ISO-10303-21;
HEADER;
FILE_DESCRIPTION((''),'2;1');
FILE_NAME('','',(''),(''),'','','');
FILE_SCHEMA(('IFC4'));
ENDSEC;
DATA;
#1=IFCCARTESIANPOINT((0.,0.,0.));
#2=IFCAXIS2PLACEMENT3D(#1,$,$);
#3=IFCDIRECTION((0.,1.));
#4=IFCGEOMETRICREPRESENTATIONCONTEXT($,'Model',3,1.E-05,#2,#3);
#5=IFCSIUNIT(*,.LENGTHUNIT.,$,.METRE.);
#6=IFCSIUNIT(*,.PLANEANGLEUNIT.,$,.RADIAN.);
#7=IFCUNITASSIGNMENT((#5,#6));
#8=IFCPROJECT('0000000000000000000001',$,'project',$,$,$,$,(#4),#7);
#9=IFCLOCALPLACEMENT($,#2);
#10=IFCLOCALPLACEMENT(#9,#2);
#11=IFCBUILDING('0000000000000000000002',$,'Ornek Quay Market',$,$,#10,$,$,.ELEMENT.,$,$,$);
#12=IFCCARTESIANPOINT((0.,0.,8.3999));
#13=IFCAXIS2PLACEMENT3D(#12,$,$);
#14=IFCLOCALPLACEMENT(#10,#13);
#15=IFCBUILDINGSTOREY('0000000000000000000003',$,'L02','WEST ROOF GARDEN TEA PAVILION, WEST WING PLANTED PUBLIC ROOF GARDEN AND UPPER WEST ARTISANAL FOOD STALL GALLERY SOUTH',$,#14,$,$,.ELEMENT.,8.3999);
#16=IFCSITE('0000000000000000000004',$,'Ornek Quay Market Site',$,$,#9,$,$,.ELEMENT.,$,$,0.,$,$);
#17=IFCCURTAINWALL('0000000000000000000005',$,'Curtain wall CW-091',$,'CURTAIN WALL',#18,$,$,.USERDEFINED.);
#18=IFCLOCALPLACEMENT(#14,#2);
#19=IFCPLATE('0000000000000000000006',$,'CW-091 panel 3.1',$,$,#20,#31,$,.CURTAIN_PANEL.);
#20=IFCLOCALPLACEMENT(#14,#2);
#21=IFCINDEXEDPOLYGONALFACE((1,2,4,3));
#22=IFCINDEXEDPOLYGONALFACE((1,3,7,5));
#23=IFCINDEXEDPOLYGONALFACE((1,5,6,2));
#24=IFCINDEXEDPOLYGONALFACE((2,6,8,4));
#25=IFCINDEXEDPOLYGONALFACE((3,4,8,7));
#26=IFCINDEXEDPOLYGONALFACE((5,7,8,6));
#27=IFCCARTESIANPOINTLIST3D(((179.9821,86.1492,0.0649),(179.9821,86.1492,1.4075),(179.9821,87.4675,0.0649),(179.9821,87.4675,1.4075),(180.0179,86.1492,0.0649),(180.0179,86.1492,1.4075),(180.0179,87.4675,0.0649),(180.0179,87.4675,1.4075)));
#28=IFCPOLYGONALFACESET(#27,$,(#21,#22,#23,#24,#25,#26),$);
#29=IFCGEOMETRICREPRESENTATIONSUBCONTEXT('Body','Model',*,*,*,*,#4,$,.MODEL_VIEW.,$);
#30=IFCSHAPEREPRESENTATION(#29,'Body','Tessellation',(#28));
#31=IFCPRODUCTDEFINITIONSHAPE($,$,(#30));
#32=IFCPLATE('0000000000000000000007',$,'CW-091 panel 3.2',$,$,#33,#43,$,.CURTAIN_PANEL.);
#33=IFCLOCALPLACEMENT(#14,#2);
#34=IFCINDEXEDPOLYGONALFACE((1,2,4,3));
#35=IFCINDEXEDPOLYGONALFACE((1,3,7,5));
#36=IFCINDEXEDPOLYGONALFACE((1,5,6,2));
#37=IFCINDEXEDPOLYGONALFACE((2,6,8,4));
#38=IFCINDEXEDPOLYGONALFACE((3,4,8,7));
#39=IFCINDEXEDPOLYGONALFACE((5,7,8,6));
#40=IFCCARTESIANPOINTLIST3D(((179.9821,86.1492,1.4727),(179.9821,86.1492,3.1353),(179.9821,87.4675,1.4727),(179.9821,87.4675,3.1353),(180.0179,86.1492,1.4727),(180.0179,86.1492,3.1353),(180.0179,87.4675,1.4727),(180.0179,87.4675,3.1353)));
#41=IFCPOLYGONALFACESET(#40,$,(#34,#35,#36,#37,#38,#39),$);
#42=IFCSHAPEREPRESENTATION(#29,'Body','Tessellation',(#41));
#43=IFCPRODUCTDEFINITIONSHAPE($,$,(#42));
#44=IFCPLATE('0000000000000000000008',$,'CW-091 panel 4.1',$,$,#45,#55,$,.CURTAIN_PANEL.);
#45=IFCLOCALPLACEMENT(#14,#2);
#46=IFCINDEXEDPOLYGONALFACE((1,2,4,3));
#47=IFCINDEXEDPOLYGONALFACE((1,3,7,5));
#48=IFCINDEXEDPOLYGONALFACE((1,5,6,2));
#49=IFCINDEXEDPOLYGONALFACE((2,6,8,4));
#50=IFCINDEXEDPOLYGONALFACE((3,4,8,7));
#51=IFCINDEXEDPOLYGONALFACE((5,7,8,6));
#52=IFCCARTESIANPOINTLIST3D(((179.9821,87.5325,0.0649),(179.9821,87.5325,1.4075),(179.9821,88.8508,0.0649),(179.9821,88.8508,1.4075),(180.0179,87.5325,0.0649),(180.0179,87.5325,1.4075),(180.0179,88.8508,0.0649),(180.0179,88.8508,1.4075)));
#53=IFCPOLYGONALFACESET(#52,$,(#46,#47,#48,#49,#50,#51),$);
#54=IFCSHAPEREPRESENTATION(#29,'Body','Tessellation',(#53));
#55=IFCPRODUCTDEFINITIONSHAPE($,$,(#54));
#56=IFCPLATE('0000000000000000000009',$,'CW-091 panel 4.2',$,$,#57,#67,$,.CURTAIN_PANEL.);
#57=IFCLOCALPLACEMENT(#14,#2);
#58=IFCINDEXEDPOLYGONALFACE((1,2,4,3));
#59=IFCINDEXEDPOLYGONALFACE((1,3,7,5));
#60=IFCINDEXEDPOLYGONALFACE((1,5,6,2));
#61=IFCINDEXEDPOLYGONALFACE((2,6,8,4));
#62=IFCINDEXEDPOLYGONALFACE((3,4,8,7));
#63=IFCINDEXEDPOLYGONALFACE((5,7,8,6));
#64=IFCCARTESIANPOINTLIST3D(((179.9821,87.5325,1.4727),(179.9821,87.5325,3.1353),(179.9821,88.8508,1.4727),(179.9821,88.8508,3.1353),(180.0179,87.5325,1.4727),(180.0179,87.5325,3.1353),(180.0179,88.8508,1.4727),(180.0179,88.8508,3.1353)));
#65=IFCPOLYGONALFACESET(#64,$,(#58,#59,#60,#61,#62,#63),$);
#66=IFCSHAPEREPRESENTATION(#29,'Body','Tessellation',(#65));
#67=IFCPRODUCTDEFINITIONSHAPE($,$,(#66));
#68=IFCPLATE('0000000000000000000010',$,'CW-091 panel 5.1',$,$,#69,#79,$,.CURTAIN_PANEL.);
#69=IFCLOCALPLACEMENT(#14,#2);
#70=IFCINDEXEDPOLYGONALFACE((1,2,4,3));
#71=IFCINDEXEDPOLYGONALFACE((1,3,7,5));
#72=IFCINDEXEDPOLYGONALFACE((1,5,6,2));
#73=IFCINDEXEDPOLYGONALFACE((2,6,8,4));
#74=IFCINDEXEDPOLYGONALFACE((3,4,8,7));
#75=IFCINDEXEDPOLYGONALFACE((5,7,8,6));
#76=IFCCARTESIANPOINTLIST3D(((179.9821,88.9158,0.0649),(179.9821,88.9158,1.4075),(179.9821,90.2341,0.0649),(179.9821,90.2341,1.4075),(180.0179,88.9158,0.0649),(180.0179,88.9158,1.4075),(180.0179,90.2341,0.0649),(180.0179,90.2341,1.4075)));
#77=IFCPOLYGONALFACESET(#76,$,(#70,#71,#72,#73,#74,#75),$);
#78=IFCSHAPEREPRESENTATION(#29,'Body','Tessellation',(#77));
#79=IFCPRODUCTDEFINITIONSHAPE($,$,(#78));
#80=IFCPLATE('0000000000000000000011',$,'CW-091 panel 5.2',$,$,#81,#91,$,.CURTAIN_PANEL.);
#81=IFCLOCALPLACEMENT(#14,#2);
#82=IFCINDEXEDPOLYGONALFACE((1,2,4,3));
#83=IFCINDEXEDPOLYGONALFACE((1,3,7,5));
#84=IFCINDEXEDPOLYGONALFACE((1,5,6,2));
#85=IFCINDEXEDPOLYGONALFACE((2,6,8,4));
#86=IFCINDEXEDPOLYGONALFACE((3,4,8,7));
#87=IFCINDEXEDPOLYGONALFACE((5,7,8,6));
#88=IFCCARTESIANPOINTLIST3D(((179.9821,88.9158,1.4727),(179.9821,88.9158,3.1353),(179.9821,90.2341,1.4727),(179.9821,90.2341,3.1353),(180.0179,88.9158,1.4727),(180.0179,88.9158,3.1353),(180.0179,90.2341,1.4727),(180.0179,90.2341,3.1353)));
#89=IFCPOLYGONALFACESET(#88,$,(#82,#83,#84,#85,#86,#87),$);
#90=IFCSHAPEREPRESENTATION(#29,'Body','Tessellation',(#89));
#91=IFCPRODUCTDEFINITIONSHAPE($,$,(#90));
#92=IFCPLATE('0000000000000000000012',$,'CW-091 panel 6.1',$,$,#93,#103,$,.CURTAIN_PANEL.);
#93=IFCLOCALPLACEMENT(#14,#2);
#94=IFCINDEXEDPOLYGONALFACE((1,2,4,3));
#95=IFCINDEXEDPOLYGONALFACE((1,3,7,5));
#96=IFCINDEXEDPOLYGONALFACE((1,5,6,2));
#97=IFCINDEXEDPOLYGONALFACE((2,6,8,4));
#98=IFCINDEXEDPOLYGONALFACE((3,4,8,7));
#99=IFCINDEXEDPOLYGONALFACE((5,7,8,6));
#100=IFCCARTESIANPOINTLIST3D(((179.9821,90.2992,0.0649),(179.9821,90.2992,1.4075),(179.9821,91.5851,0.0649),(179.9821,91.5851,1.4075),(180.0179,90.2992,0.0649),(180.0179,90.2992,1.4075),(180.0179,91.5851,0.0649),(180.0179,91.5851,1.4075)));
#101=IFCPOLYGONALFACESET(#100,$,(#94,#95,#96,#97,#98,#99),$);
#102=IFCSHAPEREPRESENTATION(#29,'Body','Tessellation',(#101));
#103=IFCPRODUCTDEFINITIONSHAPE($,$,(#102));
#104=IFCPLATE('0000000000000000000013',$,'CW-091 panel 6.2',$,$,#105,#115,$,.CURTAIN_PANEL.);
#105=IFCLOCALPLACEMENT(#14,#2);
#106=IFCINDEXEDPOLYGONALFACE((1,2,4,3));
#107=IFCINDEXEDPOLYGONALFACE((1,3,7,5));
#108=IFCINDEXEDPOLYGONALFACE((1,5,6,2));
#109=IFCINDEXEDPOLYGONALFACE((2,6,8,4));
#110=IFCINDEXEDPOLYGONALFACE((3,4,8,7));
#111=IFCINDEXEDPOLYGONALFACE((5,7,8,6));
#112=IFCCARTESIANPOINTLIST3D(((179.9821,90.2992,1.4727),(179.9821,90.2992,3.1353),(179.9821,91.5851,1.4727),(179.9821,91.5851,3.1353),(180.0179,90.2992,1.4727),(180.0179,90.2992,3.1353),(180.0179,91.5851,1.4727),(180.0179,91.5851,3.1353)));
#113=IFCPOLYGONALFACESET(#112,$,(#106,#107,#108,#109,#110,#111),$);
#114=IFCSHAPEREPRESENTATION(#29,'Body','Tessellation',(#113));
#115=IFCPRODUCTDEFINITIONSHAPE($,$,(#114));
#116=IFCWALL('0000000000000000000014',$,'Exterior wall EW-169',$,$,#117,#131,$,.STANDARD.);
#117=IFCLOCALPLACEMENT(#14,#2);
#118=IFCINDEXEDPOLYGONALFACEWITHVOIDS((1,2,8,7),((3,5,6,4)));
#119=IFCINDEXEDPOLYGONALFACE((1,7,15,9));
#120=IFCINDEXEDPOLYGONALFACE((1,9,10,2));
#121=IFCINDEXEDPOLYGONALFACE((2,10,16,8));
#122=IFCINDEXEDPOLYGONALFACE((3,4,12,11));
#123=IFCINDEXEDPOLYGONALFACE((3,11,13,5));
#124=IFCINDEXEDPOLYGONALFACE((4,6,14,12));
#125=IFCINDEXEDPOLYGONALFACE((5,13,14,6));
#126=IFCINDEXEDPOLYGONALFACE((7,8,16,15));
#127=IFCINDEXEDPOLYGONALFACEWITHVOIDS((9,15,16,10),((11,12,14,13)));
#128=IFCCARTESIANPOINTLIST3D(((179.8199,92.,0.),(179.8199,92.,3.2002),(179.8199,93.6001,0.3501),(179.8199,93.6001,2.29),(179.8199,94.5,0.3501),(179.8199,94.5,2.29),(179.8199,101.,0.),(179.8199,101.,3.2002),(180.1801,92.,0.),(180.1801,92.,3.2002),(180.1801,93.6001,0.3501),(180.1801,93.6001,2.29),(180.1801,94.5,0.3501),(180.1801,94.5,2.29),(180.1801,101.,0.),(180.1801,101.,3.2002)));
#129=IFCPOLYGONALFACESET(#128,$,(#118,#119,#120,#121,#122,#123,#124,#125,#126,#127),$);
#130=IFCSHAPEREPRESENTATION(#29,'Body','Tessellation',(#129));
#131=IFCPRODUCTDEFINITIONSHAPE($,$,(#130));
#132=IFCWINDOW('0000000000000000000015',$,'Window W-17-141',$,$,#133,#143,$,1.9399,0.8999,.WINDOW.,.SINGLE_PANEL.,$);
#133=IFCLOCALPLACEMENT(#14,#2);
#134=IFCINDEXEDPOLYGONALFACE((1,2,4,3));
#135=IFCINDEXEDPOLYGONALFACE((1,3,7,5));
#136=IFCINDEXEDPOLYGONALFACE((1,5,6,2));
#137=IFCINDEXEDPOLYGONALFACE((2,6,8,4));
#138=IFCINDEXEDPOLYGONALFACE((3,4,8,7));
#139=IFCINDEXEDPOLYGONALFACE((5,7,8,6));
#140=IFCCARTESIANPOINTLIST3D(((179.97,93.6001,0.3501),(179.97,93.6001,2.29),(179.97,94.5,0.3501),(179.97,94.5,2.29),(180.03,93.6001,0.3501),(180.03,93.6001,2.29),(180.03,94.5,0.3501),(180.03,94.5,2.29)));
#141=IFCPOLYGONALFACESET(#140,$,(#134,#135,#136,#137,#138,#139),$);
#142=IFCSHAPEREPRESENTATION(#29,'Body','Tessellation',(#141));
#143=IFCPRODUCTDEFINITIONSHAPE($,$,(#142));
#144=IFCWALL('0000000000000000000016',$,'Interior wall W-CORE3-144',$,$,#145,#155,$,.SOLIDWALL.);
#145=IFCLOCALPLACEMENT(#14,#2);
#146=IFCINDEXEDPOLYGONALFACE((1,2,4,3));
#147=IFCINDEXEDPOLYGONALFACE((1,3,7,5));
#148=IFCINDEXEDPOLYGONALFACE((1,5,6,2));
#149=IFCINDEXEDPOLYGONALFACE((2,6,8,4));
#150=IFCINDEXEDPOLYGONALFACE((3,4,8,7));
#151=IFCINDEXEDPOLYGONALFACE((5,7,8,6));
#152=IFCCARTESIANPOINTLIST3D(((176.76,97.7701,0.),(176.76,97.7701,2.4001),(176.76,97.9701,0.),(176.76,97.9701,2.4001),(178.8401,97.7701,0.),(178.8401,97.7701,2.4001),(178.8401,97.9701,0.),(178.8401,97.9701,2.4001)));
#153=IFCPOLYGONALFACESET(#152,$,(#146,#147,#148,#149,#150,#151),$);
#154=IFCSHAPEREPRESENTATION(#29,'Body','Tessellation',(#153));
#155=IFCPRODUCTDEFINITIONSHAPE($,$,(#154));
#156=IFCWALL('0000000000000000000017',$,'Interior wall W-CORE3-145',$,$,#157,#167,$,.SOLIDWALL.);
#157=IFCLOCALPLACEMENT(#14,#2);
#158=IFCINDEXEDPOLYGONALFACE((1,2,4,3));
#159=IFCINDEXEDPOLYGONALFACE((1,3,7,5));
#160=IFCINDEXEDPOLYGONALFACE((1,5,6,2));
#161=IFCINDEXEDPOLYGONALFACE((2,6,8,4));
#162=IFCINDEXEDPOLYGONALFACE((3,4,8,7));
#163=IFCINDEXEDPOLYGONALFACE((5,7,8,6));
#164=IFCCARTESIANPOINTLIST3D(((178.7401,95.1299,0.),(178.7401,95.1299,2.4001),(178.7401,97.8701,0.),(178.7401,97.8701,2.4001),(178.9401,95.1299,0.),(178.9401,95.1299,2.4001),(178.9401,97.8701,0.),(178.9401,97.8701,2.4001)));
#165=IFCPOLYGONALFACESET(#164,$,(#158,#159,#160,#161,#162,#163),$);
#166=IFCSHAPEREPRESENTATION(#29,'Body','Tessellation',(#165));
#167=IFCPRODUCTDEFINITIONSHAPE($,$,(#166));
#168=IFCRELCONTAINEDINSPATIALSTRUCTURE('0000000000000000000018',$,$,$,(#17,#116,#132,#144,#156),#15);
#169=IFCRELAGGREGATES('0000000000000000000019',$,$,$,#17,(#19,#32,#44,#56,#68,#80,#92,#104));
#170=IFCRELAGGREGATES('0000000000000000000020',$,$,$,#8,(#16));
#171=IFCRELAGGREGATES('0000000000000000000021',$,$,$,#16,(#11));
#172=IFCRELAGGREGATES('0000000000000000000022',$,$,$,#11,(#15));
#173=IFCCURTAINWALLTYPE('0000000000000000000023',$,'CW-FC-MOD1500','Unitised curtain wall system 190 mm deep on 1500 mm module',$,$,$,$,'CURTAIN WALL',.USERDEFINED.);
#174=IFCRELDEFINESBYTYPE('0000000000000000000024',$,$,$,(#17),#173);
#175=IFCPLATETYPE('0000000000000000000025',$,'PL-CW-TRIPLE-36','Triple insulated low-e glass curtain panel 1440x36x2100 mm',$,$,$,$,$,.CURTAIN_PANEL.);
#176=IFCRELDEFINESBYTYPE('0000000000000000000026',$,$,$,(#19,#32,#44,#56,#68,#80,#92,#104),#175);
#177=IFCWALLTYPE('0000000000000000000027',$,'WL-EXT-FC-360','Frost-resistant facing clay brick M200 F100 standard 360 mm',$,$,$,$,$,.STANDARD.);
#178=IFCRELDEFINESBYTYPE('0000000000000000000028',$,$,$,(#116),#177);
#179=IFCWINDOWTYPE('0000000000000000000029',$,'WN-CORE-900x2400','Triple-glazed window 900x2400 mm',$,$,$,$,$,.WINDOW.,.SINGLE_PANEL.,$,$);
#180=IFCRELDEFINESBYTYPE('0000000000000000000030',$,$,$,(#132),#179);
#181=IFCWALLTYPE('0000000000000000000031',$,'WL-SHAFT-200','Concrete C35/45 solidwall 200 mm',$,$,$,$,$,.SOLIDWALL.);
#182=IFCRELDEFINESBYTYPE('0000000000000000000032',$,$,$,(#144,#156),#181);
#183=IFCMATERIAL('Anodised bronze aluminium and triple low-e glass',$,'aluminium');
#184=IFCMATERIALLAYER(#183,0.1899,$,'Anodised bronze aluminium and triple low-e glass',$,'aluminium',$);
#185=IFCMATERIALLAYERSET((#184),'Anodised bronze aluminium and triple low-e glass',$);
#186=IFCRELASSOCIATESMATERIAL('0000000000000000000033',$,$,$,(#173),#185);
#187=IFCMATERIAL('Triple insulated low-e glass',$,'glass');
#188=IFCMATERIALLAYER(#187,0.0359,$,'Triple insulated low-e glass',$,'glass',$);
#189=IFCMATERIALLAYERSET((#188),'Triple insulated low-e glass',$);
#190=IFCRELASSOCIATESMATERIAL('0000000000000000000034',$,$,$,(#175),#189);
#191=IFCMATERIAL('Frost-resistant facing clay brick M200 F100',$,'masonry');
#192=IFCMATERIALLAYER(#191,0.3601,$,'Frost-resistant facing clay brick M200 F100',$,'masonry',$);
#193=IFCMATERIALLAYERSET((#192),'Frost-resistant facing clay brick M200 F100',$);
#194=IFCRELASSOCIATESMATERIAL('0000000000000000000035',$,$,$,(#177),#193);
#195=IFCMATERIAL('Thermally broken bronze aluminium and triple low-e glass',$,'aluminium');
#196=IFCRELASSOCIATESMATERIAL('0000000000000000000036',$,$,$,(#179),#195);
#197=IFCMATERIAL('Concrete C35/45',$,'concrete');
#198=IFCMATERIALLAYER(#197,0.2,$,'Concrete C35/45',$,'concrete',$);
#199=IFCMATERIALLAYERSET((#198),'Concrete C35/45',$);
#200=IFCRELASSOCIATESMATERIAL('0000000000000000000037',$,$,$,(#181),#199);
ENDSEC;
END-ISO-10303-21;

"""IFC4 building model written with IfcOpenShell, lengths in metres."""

from ifc_helpers import new_model, si_unit, direction, frame, frame_2d, origin, origin_2d, place, context, subcontext, project, spatial, rectangle, extrude, material, layer, layer_set, type_object, element, fill, aggregate, save


model = new_model("IFC4")

# Units and contexts
model_context = context("Model", 3, precision=1e-05, world=origin(), true_north=direction((0.0, 1.0)))
body_context = subcontext(model_context, "Body", "Model", "MODEL_VIEW")
ifc_project = project(units=[si_unit("LENGTHUNIT", "METRE"), si_unit("PLANEANGLEUNIT", "RADIAN")], contexts=[model_context])

# Site, building, storey
site_placement = place(None, origin())
site = spatial("IfcSite", under=ifc_project, at=site_placement, Name="Ornek Quay Market Site", CompositionType="ELEMENT", RefElevation=0.0)
building_placement = place(site_placement, origin())
building = spatial("IfcBuilding", under=site, at=building_placement, Name="Ornek Quay Market", CompositionType="ELEMENT")
storey_placement = place(building_placement, frame((0.0, 0.0, 8.3999)))
storey = spatial("IfcBuildingStorey", under=building, at=storey_placement, Name="L02", Description="WEST ROOF GARDEN TEA PAVILION, WEST WING PLANTED PUBLIC ROOF GARDEN AND UPPER WEST ARTISANAL FOOD STALL GALLERY SOUTH", CompositionType="ELEMENT", Elevation=8.3999)

# Shared definitions
ifc_material_1 = material(Name="Concrete C35/45", Category="concrete")

# Curtain wall, plates
ifc_material_2 = material(Name="Anodised bronze aluminium and triple low-e glass", Category="aluminium")
ifc_layer_1 = layer(ifc_material_2, 0.1899, Name="Anodised bronze aluminium and triple low-e glass", Category="aluminium")
ifc_layer_set_1 = layer_set([ifc_layer_1], Name="Anodised bronze aluminium and triple low-e glass")
curtain_wall_type = type_object("IfcCurtainWallType", Name="CW-FC-MOD1500", Description="Unitised curtain wall system 190 mm deep on 1500 mm module", ElementType="CURTAIN WALL", PredefinedType="USERDEFINED", material=ifc_layer_set_1)
curtain_wall_placement = place(storey_placement, origin())
curtain_wall = element("IfcCurtainWall", 1, at=curtain_wall_placement, inside=storey, type_object=curtain_wall_type, Name="Curtain wall CW-091", ObjectType="CURTAIN WALL", PredefinedType="USERDEFINED")
ifc_material_3 = material(Name="Triple insulated low-e glass", Category="glass")
ifc_layer_2 = layer(ifc_material_3, 0.0359, Name="Triple insulated low-e glass", Category="glass")
ifc_layer_set_2 = layer_set([ifc_layer_2], Name="Triple insulated low-e glass")
plate_type = type_object("IfcPlateType", Name="PL-CW-TRIPLE-36", Description="Triple insulated low-e glass curtain panel 1440x36x2100 mm", PredefinedType="CURTAIN_PANEL", material=ifc_layer_set_2)
plate_1_placement = place(storey_placement, frame((180.0, 86.8083, 0.0649), z_axis=(0.0, 0.0, 1.0), x_axis=(0.0, 1.0, 0.0)))
plate_1 = element("IfcPlate", 2, at=plate_1_placement, type_object=plate_type, Name="CW-091 panel 3.1", PredefinedType="CURTAIN_PANEL", context=body_context, shape_type="SweptSolid", body=[
    extrude(rectangle(XDim=1.3184, YDim=0.0359, at=origin_2d()), origin(), (0.0, 0.0, 1.0), 1.3425),
])
plate_2_placement = place(storey_placement, frame((180.0, 86.8083, 1.4727), z_axis=(0.0, 0.0, 1.0), x_axis=(0.0, 1.0, 0.0)))
plate_2 = element("IfcPlate", 3, at=plate_2_placement, type_object=plate_type, Name="CW-091 panel 3.2", PredefinedType="CURTAIN_PANEL", context=body_context, shape_type="SweptSolid", body=[
    extrude(rectangle(XDim=1.3184, YDim=0.0359, at=origin_2d()), origin(), (0.0, 0.0, 1.0), 1.6626),
])
plate_3_placement = place(storey_placement, frame((180.0, 88.1917, 0.0649), z_axis=(0.0, 0.0, 1.0), x_axis=(0.0, 1.0, 0.0)))
plate_3 = element("IfcPlate", 4, at=plate_3_placement, type_object=plate_type, Name="CW-091 panel 4.1", PredefinedType="CURTAIN_PANEL", context=body_context, shape_type="SweptSolid", body=[
    extrude(rectangle(XDim=1.3184, YDim=0.0359, at=origin_2d()), origin(), (0.0, 0.0, 1.0), 1.3425),
])
plate_4_placement = place(storey_placement, frame((180.0, 88.1917, 1.4727), z_axis=(0.0, 0.0, 1.0), x_axis=(0.0, 1.0, 0.0)))
plate_4 = element("IfcPlate", 5, at=plate_4_placement, type_object=plate_type, Name="CW-091 panel 4.2", PredefinedType="CURTAIN_PANEL", context=body_context, shape_type="SweptSolid", body=[
    extrude(rectangle(XDim=1.3184, YDim=0.0359, at=origin_2d()), origin(), (0.0, 0.0, 1.0), 1.6626),
])
plate_5_placement = place(storey_placement, frame((180.0, 89.575, 0.0649), z_axis=(0.0, 0.0, 1.0), x_axis=(0.0, 1.0, 0.0)))
plate_5 = element("IfcPlate", 6, at=plate_5_placement, type_object=plate_type, Name="CW-091 panel 5.1", PredefinedType="CURTAIN_PANEL", context=body_context, shape_type="SweptSolid", body=[
    extrude(rectangle(XDim=1.3184, YDim=0.0359, at=origin_2d()), origin(), (0.0, 0.0, 1.0), 1.3425),
])
plate_6_placement = place(storey_placement, frame((180.0, 89.575, 1.4727), z_axis=(0.0, 0.0, 1.0), x_axis=(0.0, 1.0, 0.0)))
plate_6 = element("IfcPlate", 7, at=plate_6_placement, type_object=plate_type, Name="CW-091 panel 5.2", PredefinedType="CURTAIN_PANEL", context=body_context, shape_type="SweptSolid", body=[
    extrude(rectangle(XDim=1.3184, YDim=0.0359, at=origin_2d()), origin(), (0.0, 0.0, 1.0), 1.6626),
])
plate_7_placement = place(storey_placement, frame((180.0, 90.9421, 0.0649), z_axis=(0.0, 0.0, 1.0), x_axis=(0.0, 1.0, 0.0)))
plate_7 = element("IfcPlate", 8, at=plate_7_placement, type_object=plate_type, Name="CW-091 panel 6.1", PredefinedType="CURTAIN_PANEL", context=body_context, shape_type="SweptSolid", body=[
    extrude(rectangle(XDim=1.2859, YDim=0.0359, at=origin_2d()), origin(), (0.0, 0.0, 1.0), 1.3425),
])
plate_8_placement = place(storey_placement, frame((180.0, 90.9421, 1.4727), z_axis=(0.0, 0.0, 1.0), x_axis=(0.0, 1.0, 0.0)))
plate_8 = element("IfcPlate", 9, at=plate_8_placement, type_object=plate_type, Name="CW-091 panel 6.2", PredefinedType="CURTAIN_PANEL", context=body_context, shape_type="SweptSolid", body=[
    extrude(rectangle(XDim=1.2859, YDim=0.0359, at=origin_2d()), origin(), (0.0, 0.0, 1.0), 1.6626),
])
aggregate(curtain_wall, [plate_1, plate_2, plate_3, plate_4, plate_5, plate_6, plate_7, plate_8])

# Wall, opening, window
ifc_material_4 = material(Name="Frost-resistant facing clay brick M200 F100", Category="masonry")
ifc_layer_3 = layer(ifc_material_4, 0.3601, Name="Frost-resistant facing clay brick M200 F100", Category="masonry")
ifc_layer_set_3 = layer_set([ifc_layer_3], Name="Frost-resistant facing clay brick M200 F100")
wall_type_1 = type_object("IfcWallType", Name="WL-EXT-FC-360", Description="Frost-resistant facing clay brick M200 F100 standard 360 mm", PredefinedType="STANDARD", material=ifc_layer_set_3)
wall_1_placement = place(storey_placement, frame((180.0, 101.0, 0.0), z_axis=(0.0, 0.0, 1.0), x_axis=(0.0, -1.0, 0.0)))
wall_1 = element("IfcWall", 10, at=wall_1_placement, inside=storey, type_object=wall_type_1, Name="Exterior wall EW-169", PredefinedType="STANDARD", context=body_context, shape_type="SweptSolid", body=[
    extrude(rectangle(XDim=9.0, YDim=0.3601, at=frame_2d((4.5, 0.0))), origin(), (0.0, 0.0, 1.0), 3.2002),
])
opening_placement = place(wall_1_placement, frame((6.5, 0.0, 0.3501)))
opening = element("IfcOpeningElement", 11, at=opening_placement, cuts=wall_1, PredefinedType="OPENING", context=body_context, shape_type="SweptSolid", body=[
    extrude(rectangle(XDim=0.8999, YDim=1.9399, at=frame_2d((0.45, 0.97))), frame((0.0, 0.1899, 0.0), z_axis=(0.0, -1.0, 0.0), x_axis=(1.0, 0.0, 0.0)), (0.0, 0.0, 1.0), 0.3801),
])
ifc_material_5 = material(Name="Thermally broken bronze aluminium and triple low-e glass", Category="aluminium")
window_type = type_object("IfcWindowType", Name="WN-CORE-900x2400", Description="Triple-glazed window 900x2400 mm", PartitioningType="SINGLE_PANEL", PredefinedType="WINDOW", material=ifc_material_5)
window_placement = place(opening_placement, origin())
window = element("IfcWindow", 12, at=window_placement, inside=storey, type_object=window_type, Name="Window W-17-141", OverallHeight=1.9399, OverallWidth=0.8999, PartitioningType="SINGLE_PANEL", PredefinedType="WINDOW", context=body_context, shape_type="SweptSolid", body=[
    extrude(rectangle(XDim=0.8999, YDim=1.9399, at=frame_2d((0.45, 0.97))), frame((0.0, 0.03, 0.0), z_axis=(0.0, -1.0, 0.0), x_axis=(1.0, 0.0, 0.0)), (0.0, 0.0, 1.0), 0.0601),
])
fill(opening, window)

# Walls
ifc_layer_4 = layer(ifc_material_1, 0.2, Name="Concrete C35/45", Category="concrete")
ifc_layer_set_4 = layer_set([ifc_layer_4], Name="Concrete C35/45")
wall_type_2 = type_object("IfcWallType", Name="WL-SHAFT-200", Description="Concrete C35/45 solidwall 200 mm", PredefinedType="SOLIDWALL", material=ifc_layer_set_4)
wall_2_placement = place(storey_placement, frame((176.76, 97.8701, 0.0), z_axis=(0.0, 0.0, 1.0), x_axis=(1.0, 0.0, 0.0)))
element("IfcWall", 13, at=wall_2_placement, inside=storey, type_object=wall_type_2, Name="Interior wall W-CORE3-144", PredefinedType="SOLIDWALL", context=body_context, shape_type="SweptSolid", body=[
    extrude(rectangle(XDim=2.0801, YDim=0.2, at=frame_2d((1.04, 0.0))), origin(), (0.0, 0.0, 1.0), 2.4001),
])
wall_3_placement = place(storey_placement, frame((178.8401, 95.1299, 0.0), z_axis=(0.0, 0.0, 1.0), x_axis=(0.0, 1.0, 0.0)))
element("IfcWall", 14, at=wall_3_placement, inside=storey, type_object=wall_type_2, Name="Interior wall W-CORE3-145", PredefinedType="SOLIDWALL", context=body_context, shape_type="SweptSolid", body=[
    extrude(rectangle(XDim=2.7402, YDim=0.2, at=frame_2d((1.3701, 0.0))), origin(), (0.0, 0.0, 1.0), 2.4001),
])

save(model, "model.ifc")
